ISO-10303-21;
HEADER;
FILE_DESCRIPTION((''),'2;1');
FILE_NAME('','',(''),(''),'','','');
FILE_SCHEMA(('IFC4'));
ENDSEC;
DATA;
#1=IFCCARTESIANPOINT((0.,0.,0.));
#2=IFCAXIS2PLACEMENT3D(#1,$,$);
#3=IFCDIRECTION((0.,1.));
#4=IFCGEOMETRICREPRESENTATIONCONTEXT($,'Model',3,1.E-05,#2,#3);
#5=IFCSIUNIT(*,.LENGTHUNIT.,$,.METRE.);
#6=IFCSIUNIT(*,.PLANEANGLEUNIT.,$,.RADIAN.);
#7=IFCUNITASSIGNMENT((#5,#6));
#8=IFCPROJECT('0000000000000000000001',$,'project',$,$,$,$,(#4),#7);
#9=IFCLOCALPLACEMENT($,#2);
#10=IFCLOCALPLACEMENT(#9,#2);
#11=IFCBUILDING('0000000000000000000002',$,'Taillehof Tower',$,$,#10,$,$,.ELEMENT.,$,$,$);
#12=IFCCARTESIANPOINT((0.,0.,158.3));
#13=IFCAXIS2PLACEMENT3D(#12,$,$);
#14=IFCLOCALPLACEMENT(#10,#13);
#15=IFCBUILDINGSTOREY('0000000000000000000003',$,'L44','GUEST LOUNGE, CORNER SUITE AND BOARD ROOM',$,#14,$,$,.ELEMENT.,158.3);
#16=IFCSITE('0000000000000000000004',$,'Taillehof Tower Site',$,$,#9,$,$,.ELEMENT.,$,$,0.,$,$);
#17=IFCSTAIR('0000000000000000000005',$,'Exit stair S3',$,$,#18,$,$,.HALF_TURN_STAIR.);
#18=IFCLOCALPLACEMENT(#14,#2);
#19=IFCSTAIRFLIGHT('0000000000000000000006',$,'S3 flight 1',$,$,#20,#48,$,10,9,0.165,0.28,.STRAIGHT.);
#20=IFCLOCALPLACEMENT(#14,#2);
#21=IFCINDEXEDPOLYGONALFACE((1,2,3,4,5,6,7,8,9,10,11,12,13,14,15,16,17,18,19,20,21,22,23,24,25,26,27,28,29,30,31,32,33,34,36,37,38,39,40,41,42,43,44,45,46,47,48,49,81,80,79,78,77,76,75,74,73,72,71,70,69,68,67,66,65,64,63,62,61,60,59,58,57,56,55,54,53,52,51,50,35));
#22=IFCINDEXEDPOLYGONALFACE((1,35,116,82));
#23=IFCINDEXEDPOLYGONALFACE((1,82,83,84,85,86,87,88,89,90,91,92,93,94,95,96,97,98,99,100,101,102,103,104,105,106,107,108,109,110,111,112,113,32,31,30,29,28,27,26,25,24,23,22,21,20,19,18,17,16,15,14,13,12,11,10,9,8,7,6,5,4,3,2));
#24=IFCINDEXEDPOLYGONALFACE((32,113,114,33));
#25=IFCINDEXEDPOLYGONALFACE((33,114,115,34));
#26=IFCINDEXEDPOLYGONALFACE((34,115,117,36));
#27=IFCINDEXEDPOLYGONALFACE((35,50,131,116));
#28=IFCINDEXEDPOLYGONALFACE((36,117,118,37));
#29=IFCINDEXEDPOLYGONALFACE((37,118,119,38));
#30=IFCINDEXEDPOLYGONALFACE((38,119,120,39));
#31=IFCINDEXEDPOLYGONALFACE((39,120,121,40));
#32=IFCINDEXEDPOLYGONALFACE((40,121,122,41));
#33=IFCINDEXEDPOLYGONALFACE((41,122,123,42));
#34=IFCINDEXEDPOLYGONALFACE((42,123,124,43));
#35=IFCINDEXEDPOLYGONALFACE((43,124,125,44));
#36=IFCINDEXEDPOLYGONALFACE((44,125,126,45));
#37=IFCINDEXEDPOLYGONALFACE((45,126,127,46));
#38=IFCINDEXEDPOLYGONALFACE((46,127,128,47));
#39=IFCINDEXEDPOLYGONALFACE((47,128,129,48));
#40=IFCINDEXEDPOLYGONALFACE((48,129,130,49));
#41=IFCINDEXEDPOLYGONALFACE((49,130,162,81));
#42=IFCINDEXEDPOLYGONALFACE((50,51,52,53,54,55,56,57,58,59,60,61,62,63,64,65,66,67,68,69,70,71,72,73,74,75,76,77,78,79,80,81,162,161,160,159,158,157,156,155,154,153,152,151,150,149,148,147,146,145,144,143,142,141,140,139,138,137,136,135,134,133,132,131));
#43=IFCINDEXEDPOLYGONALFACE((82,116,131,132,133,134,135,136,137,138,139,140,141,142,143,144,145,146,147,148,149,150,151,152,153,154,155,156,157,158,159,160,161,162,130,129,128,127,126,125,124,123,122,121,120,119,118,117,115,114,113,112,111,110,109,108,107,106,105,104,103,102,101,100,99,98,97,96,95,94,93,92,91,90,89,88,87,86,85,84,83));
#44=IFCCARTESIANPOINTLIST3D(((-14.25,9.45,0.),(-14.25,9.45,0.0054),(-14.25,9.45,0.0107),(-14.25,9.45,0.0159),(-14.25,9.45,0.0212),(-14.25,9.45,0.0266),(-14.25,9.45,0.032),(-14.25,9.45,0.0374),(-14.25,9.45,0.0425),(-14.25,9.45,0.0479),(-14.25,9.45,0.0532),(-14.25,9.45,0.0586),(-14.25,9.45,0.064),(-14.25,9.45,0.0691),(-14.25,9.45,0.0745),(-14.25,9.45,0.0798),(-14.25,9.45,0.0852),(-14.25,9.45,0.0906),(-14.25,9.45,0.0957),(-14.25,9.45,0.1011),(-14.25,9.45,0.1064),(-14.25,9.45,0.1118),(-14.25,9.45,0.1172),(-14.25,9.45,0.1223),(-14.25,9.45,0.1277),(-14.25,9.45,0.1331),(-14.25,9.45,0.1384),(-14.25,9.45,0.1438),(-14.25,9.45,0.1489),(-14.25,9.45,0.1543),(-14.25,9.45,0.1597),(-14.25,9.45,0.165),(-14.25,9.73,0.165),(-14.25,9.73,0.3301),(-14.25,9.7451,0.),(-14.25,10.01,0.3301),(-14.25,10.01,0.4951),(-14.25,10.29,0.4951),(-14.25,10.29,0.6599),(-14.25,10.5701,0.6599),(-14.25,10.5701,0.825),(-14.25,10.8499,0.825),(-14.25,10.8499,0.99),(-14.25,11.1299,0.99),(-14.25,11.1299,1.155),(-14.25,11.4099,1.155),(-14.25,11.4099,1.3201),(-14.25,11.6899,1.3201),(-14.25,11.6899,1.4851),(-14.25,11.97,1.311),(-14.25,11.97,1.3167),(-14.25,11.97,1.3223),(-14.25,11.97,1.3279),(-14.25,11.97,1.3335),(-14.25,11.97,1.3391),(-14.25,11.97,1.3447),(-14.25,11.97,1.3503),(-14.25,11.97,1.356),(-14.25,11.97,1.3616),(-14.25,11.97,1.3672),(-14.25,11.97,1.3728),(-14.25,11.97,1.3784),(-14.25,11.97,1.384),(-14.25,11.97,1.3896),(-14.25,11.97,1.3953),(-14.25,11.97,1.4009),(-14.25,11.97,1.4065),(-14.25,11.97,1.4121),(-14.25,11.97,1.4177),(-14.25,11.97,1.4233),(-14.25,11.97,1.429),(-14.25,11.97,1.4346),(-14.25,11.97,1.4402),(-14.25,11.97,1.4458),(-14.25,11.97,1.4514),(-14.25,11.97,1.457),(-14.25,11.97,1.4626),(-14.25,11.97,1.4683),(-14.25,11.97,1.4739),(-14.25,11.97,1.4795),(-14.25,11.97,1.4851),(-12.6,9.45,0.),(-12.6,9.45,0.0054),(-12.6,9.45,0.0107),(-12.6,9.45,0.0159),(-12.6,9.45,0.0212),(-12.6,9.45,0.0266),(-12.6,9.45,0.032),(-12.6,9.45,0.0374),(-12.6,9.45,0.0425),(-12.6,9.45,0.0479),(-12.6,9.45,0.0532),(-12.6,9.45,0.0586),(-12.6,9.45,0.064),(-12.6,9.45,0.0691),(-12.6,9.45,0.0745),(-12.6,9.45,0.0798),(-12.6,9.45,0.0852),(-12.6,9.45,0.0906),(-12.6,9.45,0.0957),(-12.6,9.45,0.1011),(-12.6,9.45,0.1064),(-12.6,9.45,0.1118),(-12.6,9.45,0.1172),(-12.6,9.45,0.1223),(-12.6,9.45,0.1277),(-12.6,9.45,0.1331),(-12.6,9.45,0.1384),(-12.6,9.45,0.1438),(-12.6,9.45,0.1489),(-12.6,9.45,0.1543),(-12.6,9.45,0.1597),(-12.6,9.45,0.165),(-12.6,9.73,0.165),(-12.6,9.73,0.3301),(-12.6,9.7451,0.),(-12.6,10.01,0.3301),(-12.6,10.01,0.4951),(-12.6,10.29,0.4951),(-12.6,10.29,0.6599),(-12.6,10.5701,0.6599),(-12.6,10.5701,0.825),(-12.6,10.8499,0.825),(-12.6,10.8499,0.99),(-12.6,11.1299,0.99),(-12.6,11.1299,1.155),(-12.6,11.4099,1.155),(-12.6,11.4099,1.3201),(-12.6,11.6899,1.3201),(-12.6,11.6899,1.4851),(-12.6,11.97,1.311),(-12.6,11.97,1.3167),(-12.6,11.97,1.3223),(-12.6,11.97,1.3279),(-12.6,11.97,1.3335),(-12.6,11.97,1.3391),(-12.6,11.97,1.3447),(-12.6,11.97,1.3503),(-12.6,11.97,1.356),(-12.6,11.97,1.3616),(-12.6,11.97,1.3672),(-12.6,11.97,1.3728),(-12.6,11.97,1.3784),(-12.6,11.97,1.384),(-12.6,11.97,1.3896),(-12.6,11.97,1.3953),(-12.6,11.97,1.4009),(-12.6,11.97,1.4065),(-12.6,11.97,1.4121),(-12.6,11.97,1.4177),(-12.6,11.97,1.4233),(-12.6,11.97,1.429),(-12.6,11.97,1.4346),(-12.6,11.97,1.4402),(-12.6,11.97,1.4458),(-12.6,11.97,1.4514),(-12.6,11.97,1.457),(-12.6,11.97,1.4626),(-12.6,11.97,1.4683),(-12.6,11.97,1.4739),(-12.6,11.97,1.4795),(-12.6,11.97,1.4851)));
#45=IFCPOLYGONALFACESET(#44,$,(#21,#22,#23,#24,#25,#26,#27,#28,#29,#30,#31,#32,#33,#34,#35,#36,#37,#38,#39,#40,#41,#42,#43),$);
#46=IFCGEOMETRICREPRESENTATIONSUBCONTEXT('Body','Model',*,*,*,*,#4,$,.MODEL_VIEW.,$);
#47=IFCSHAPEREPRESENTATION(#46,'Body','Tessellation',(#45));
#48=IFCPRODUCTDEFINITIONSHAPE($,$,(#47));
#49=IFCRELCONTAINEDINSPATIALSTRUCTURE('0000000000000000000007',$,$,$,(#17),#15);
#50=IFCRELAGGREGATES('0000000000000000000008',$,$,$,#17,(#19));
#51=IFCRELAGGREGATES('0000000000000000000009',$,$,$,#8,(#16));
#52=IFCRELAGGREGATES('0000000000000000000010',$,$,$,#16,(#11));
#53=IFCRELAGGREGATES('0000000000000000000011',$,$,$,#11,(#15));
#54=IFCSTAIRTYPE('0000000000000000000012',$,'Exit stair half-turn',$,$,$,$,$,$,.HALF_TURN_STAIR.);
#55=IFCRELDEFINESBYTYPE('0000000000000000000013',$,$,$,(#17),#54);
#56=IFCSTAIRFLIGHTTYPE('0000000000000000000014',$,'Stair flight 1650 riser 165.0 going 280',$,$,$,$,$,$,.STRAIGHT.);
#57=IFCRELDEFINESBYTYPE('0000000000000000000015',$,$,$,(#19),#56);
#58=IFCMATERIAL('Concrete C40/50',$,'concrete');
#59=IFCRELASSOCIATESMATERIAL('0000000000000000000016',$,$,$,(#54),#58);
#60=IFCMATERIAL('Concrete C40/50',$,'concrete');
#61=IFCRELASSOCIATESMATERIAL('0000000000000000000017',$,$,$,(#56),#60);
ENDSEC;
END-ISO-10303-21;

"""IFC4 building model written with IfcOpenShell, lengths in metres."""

from ifc_helpers import new_model, si_unit, direction, frame, origin, place, context, subcontext, project, spatial, polyline, outline, extrude, material, type_object, element, aggregate, save


model = new_model("IFC4")

# Units and contexts
model_context = context("Model", 3, precision=1e-05, world=origin(), true_north=direction((0.0, 1.0)))
body_context = subcontext(model_context, "Body", "Model", "MODEL_VIEW")
ifc_project = project(units=[si_unit("LENGTHUNIT", "METRE"), si_unit("PLANEANGLEUNIT", "RADIAN")], contexts=[model_context])

# Site, building, storey
site_placement = place(None, origin())
site = spatial("IfcSite", under=ifc_project, at=site_placement, Name="Taillehof Tower Site", CompositionType="ELEMENT", RefElevation=0.0)
building_placement = place(site_placement, origin())
building = spatial("IfcBuilding", under=site, at=building_placement, Name="Taillehof Tower", CompositionType="ELEMENT")
storey_placement = place(building_placement, frame((0.0, 0.0, 158.3)))
storey = spatial("IfcBuildingStorey", under=building, at=storey_placement, Name="L44", Description="GUEST LOUNGE, CORNER SUITE AND BOARD ROOM", CompositionType="ELEMENT", Elevation=158.3)

# Stair, stair flight
ifc_material_1 = material(Name="Concrete C40/50", Category="concrete")
stair_type = type_object("IfcStairType", Name="Exit stair half-turn", PredefinedType="HALF_TURN_STAIR", material=ifc_material_1)
stair_placement = place(storey_placement, origin())
stair = element("IfcStair", 1, at=stair_placement, inside=storey, type_object=stair_type, Name="Exit stair S3", PredefinedType="HALF_TURN_STAIR")
ifc_material_2 = material(Name="Concrete C40/50", Category="concrete")
stair_flight_type = type_object("IfcStairFlightType", Name="Stair flight 1650 riser 165.0 going 280", PredefinedType="STRAIGHT", material=ifc_material_2)
stair_flight_placement = place(storey_placement, frame((-13.425, 9.45, 0.0), z_axis=(0.0, 0.0, 1.0), x_axis=(0.0, 1.0, 0.0)))
stair_flight = element("IfcStairFlight", 2, at=stair_flight_placement, type_object=stair_flight_type, Name="S3 flight 1", NumberOfRisers=10, NumberOfTreads=9, PredefinedType="STRAIGHT", RiserHeight=0.165, TreadLength=0.28, context=body_context, shape_type="SweptSolid", body=[
    extrude(outline(polyline([(0.0, 0.0), (0.0, 0.0054), (0.0, 0.0107), (0.0, 0.0159), (0.0, 0.0212), (0.0, 0.0266), (0.0, 0.032), (0.0, 0.0374), (0.0, 0.0425), (0.0, 0.0479), (0.0, 0.0532), (0.0, 0.0586), (0.0, 0.064), (0.0, 0.0691), (0.0, 0.0745), (0.0, 0.0798), (0.0, 0.0852), (0.0, 0.0906), (0.0, 0.0957), (0.0, 0.1011), (0.0, 0.1064), (0.0, 0.1118), (0.0, 0.1172), (0.0, 0.1223), (0.0, 0.1277), (0.0, 0.1331), (0.0, 0.1384), (0.0, 0.1438), (0.0, 0.1489), (0.0, 0.1543), (0.0, 0.1597), (0.0, 0.165), (0.28, 0.165), (0.28, 0.3301), (0.5601, 0.3301), (0.5601, 0.4951), (0.8401, 0.4951), (0.8401, 0.6599), (1.1201, 0.6599), (1.1201, 0.825), (1.3999, 0.825), (1.3999, 0.99), (1.6799, 0.99), (1.6799, 1.155), (1.96, 1.155), (1.96, 1.3201), (2.24, 1.3201), (2.24, 1.4851), (2.52, 1.4851), (2.52, 1.4795), (2.52, 1.4739), (2.52, 1.4683), (2.52, 1.4626), (2.52, 1.457), (2.52, 1.4514), (2.52, 1.4458), (2.52, 1.4402), (2.52, 1.4346), (2.52, 1.429), (2.52, 1.4233), (2.52, 1.4177), (2.52, 1.4121), (2.52, 1.4065), (2.52, 1.4009), (2.52, 1.3953), (2.52, 1.3896), (2.52, 1.384), (2.52, 1.3784), (2.52, 1.3728), (2.52, 1.3672), (2.52, 1.3616), (2.52, 1.356), (2.52, 1.3503), (2.52, 1.3447), (2.52, 1.3391), (2.52, 1.3335), (2.52, 1.3279), (2.52, 1.3223), (2.52, 1.3167), (2.52, 1.311), (0.2952, 0.0), (0.0, 0.0)])), frame((0.0, 0.825, 0.0), z_axis=(0.0, -1.0, 0.0), x_axis=(1.0, 0.0, 0.0)), (0.0, 0.0, 1.0), 1.65),
])
aggregate(stair, [stair_flight])

save(model, "model.ifc")
